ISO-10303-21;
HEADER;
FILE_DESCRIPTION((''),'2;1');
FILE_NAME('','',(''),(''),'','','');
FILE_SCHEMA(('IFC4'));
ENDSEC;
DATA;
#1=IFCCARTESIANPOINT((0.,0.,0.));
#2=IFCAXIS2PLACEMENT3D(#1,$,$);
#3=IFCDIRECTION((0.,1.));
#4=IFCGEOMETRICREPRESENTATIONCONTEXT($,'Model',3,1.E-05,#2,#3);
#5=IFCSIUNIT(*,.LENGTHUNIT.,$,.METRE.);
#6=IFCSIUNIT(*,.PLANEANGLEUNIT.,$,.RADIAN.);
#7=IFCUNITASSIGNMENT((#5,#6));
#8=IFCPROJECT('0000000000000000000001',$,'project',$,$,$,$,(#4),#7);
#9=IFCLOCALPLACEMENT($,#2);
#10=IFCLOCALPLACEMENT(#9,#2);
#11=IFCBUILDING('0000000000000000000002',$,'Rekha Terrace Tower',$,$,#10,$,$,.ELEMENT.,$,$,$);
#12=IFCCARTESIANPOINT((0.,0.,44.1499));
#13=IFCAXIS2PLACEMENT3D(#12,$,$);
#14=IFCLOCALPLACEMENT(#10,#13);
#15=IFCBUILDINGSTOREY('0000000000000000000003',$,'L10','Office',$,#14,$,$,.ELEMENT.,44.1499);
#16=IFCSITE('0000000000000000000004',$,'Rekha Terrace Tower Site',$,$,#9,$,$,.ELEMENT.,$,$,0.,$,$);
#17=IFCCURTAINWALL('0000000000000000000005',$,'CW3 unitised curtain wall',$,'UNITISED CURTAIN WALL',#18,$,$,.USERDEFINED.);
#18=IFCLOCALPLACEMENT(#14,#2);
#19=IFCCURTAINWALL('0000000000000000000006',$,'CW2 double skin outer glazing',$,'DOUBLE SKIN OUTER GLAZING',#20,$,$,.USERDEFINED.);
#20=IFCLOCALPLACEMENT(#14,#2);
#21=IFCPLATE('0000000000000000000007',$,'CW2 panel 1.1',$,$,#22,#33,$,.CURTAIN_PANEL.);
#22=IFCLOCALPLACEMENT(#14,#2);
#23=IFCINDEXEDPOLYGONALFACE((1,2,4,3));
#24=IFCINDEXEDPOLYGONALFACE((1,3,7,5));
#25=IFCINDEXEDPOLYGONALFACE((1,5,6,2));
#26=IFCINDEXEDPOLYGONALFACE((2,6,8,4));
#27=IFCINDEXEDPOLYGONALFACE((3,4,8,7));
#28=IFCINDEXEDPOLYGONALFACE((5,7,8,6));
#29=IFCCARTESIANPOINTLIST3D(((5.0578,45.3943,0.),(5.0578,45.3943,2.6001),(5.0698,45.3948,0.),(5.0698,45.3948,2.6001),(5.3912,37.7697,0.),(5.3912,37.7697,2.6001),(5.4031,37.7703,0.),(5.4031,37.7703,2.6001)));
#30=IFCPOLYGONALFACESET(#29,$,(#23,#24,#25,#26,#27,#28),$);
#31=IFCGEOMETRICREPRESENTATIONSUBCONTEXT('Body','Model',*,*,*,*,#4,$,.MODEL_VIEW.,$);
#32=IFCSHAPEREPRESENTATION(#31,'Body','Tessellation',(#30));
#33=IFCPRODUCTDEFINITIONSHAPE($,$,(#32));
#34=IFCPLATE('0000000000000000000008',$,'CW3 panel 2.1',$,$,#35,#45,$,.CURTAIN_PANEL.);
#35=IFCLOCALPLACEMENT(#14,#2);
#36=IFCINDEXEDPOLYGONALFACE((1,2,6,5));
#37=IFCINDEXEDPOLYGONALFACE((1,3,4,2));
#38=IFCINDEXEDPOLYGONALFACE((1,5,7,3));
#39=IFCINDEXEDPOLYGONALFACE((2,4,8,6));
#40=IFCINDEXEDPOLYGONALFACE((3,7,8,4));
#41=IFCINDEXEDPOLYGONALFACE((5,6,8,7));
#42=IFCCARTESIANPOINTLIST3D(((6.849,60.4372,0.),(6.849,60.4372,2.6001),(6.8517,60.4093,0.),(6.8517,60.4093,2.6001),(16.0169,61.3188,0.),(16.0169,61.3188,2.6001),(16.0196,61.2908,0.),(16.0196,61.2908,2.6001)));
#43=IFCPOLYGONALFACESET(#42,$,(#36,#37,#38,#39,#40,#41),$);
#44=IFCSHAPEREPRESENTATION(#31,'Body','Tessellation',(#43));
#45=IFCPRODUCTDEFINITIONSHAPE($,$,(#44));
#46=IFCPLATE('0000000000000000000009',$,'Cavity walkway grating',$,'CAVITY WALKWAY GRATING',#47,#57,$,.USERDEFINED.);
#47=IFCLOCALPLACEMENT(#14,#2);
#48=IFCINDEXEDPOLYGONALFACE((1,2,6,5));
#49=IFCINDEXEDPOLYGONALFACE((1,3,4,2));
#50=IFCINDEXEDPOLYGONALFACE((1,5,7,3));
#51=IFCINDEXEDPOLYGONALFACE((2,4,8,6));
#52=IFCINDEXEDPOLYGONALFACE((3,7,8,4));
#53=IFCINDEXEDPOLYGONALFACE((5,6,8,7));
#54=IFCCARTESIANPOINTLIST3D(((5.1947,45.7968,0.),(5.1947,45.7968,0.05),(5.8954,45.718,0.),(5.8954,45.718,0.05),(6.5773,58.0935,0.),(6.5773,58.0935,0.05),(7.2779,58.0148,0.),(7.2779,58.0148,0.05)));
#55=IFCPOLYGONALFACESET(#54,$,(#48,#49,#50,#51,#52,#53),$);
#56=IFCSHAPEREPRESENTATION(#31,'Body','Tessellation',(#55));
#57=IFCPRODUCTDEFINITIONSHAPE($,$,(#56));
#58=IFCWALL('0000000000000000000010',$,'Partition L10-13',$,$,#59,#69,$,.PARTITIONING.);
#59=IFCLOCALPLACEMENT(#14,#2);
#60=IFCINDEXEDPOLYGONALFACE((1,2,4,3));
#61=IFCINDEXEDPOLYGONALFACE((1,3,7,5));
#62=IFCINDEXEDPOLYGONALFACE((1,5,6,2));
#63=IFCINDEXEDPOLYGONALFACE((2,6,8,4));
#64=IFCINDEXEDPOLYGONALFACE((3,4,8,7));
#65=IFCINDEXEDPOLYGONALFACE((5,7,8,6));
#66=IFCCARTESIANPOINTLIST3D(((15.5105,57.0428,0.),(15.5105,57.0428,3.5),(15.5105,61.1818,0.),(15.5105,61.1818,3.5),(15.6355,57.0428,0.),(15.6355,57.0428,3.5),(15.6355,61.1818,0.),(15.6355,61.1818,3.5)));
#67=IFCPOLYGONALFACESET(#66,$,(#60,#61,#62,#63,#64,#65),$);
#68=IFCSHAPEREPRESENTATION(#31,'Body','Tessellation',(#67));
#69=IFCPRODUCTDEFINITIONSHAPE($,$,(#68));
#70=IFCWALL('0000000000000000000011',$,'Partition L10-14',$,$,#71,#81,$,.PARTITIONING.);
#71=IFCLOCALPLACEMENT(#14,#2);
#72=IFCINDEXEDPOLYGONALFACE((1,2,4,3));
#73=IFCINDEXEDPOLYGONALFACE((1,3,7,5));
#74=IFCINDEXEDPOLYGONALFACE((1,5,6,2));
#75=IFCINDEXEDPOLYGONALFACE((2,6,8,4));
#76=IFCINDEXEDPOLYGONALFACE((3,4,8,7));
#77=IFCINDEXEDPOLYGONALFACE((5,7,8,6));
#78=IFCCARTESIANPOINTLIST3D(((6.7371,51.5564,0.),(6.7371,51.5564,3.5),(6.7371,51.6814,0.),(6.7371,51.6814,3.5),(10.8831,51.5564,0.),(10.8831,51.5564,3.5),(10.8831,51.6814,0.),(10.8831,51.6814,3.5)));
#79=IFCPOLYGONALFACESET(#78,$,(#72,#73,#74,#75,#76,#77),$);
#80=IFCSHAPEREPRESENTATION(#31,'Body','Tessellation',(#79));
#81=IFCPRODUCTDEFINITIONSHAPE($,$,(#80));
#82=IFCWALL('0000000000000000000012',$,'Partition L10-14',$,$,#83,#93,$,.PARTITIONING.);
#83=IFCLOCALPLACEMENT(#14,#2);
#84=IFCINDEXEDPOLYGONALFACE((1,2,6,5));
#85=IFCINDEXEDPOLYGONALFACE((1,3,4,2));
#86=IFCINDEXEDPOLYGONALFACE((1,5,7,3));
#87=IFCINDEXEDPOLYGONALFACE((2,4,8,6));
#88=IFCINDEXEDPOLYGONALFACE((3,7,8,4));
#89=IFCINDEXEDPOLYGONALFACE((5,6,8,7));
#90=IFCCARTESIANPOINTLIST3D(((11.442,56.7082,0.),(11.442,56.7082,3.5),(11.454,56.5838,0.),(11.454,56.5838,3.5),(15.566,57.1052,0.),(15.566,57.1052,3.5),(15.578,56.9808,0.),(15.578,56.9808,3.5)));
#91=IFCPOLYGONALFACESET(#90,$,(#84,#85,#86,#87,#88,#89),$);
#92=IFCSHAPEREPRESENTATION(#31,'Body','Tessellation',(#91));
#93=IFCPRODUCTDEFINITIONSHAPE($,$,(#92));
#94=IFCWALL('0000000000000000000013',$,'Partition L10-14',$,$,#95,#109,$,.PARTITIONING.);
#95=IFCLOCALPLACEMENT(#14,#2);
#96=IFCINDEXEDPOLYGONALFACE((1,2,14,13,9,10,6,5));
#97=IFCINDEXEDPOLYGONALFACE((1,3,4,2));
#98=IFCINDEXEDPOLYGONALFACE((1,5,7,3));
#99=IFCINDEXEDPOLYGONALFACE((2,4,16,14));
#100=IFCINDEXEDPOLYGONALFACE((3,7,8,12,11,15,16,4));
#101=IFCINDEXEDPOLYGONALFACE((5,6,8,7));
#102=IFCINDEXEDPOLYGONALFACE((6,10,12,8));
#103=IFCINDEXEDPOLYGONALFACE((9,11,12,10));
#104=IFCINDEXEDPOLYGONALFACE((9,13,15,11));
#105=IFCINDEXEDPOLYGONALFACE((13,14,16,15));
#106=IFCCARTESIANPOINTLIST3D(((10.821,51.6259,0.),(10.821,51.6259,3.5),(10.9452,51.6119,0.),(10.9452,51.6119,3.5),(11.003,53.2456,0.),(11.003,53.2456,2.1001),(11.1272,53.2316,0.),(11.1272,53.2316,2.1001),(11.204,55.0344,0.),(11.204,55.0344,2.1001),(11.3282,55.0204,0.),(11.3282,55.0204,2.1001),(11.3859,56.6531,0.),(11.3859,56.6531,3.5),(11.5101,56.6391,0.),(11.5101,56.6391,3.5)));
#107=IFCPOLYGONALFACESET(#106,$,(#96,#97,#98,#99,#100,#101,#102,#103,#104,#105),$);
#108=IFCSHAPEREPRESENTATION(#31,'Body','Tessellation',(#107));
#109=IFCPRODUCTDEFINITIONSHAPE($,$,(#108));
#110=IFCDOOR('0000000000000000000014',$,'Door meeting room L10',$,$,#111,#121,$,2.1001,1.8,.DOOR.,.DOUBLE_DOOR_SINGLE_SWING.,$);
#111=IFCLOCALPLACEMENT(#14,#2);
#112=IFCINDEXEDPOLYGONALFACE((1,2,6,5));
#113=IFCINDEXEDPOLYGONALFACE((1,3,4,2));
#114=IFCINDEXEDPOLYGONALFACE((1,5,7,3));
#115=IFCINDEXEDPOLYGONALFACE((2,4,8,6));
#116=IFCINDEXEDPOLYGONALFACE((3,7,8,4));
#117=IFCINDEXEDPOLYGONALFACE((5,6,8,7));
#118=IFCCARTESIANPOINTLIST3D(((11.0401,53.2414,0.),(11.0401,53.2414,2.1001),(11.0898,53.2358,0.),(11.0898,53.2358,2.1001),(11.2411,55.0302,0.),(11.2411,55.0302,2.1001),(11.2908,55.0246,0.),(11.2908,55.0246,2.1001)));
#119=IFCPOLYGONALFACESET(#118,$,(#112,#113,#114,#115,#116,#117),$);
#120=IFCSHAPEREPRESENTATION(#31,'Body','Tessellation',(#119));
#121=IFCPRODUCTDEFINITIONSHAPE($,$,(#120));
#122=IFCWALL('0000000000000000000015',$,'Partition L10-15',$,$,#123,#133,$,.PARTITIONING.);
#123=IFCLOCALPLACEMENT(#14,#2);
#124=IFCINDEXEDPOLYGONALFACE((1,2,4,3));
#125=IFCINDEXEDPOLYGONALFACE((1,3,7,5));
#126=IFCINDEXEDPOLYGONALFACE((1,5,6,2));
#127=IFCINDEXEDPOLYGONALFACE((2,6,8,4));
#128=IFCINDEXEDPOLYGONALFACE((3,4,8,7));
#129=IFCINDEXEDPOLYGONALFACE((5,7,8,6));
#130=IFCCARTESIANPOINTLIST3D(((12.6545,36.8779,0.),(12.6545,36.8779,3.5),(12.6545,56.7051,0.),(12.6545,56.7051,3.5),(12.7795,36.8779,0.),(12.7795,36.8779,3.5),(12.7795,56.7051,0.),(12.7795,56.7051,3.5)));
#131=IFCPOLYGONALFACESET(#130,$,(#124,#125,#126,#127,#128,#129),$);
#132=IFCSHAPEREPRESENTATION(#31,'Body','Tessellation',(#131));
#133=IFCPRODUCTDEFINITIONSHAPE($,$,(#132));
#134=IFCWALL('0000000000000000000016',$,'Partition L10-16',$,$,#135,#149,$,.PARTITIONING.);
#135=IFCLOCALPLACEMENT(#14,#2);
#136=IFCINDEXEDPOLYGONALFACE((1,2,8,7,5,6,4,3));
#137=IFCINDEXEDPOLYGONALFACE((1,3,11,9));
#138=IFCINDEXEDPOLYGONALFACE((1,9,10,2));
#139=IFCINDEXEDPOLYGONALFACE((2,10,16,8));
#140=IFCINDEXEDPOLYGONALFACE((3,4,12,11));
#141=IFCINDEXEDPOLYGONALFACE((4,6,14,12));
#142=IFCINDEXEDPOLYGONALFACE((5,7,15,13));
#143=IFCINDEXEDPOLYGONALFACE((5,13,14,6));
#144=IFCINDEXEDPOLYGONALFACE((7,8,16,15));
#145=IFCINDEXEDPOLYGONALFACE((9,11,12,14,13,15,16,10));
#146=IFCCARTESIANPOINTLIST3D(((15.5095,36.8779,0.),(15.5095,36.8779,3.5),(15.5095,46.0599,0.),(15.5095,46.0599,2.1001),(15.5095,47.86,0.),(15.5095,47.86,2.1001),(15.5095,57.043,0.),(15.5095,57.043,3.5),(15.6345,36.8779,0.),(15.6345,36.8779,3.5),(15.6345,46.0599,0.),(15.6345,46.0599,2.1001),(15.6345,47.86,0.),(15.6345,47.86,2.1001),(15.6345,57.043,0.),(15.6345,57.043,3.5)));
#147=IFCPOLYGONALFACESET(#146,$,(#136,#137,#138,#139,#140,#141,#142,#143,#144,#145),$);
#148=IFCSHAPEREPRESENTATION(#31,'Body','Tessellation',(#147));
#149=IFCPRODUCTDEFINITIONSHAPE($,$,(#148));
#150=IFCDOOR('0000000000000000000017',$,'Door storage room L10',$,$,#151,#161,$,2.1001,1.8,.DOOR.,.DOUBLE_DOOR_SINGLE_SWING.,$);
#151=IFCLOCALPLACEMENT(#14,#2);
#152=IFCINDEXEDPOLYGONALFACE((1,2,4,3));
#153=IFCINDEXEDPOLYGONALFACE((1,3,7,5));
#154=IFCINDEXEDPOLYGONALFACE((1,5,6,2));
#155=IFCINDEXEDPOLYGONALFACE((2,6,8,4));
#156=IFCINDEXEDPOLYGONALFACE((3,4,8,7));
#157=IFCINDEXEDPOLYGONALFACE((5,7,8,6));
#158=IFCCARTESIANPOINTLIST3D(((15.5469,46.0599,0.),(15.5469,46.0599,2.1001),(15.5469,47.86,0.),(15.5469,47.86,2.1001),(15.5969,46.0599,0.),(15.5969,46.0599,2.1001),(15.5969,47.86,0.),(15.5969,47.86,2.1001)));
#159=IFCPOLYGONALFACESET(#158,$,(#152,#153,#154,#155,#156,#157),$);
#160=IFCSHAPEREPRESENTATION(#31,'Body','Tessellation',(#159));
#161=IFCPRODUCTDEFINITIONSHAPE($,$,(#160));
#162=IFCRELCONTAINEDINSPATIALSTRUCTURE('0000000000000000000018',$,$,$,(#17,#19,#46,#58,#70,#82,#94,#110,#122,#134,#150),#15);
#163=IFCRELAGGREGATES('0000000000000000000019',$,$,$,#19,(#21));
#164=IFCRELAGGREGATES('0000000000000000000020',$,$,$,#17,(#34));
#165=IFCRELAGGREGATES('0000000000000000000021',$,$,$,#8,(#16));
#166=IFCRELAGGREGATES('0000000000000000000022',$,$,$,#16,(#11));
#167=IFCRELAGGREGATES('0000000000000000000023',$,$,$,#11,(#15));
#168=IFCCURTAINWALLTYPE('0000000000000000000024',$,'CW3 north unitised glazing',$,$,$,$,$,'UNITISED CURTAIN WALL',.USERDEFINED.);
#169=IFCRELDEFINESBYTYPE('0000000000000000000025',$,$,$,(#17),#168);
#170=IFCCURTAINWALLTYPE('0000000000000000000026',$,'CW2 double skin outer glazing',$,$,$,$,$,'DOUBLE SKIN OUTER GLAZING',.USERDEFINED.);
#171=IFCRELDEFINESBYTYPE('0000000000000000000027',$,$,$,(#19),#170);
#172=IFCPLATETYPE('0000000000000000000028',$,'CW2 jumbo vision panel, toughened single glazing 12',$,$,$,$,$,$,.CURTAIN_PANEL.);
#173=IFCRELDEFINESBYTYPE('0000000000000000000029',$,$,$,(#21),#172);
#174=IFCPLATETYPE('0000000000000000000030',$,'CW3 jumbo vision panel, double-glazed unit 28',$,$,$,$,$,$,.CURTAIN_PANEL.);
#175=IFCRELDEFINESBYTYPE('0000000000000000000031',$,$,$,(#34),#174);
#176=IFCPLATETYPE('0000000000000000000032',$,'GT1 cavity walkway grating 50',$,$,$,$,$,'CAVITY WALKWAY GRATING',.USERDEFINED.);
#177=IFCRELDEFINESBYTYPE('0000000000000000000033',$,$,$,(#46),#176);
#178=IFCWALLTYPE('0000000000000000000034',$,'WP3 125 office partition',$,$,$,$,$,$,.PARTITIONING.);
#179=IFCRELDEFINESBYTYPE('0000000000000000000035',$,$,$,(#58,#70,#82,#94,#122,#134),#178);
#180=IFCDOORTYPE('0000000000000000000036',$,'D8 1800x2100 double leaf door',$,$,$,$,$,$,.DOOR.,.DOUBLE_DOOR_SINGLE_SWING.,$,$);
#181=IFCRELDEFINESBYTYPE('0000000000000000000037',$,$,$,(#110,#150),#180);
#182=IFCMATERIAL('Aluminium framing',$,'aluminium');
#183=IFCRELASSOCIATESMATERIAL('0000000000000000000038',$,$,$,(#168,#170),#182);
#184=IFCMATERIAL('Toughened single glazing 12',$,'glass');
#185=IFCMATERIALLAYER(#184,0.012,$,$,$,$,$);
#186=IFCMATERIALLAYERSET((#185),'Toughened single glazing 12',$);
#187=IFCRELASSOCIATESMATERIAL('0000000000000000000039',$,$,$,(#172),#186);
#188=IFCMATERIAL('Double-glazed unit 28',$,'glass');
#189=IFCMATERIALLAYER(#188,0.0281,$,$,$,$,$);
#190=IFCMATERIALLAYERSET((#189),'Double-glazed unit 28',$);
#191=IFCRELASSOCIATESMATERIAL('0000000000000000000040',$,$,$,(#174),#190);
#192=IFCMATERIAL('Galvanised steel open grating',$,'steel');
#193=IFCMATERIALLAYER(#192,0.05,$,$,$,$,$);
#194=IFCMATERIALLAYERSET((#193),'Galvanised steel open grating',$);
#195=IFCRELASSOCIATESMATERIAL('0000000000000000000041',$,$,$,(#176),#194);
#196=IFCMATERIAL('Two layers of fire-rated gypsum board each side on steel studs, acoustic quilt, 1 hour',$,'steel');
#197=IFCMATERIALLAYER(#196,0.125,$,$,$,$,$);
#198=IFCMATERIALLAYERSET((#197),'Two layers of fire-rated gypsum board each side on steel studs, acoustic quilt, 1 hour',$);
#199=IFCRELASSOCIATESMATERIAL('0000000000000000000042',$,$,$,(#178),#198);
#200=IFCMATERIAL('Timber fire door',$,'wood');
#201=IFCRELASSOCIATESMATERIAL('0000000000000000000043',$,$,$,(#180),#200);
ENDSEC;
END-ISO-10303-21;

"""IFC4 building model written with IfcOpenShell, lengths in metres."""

from ifc_helpers import new_model, si_unit, direction, frame, frame_2d, origin, origin_2d, place, context, subcontext, project, spatial, rectangle, extrude, material, layer, layer_set, type_object, element, fill, aggregate, save


model = new_model("IFC4")

# Units and contexts
model_context = context("Model", 3, precision=1e-05, world=origin(), true_north=direction((0.0, 1.0)))
body_context = subcontext(model_context, "Body", "Model", "MODEL_VIEW")
ifc_project = project(units=[si_unit("LENGTHUNIT", "METRE"), si_unit("PLANEANGLEUNIT", "RADIAN")], contexts=[model_context])

# Site, building, storey
site_placement = place(None, origin())
site = spatial("IfcSite", under=ifc_project, at=site_placement, Name="Rekha Terrace Tower Site", CompositionType="ELEMENT", RefElevation=0.0)
building_placement = place(site_placement, origin())
building = spatial("IfcBuilding", under=site, at=building_placement, Name="Rekha Terrace Tower", CompositionType="ELEMENT")
storey_placement = place(building_placement, frame((0.0, 0.0, 44.1499)))
storey = spatial("IfcBuildingStorey", under=building, at=storey_placement, Name="L10", Description="Office", CompositionType="ELEMENT", Elevation=44.1499)

# Curtain wall
ifc_material_1 = material(Name="Aluminium framing", Category="aluminium")
curtain_wall_type_1 = type_object("IfcCurtainWallType", Name="CW3 north unitised glazing", ElementType="UNITISED CURTAIN WALL", PredefinedType="USERDEFINED", material=ifc_material_1)
curtain_wall_1_placement = place(storey_placement, origin())
curtain_wall_1 = element("IfcCurtainWall", 1, at=curtain_wall_1_placement, inside=storey, type_object=curtain_wall_type_1, Name="CW3 unitised curtain wall", ObjectType="UNITISED CURTAIN WALL", PredefinedType="USERDEFINED")
curtain_wall_type_2 = type_object("IfcCurtainWallType", Name="CW2 double skin outer glazing", ElementType="DOUBLE SKIN OUTER GLAZING", PredefinedType="USERDEFINED", material=ifc_material_1)

# Curtain wall
curtain_wall_2_placement = place(storey_placement, origin())
curtain_wall_2 = element("IfcCurtainWall", 2, at=curtain_wall_2_placement, inside=storey, type_object=curtain_wall_type_2, Name="CW2 double skin outer glazing", ObjectType="DOUBLE SKIN OUTER GLAZING", PredefinedType="USERDEFINED")

# Plates
ifc_material_2 = material(Name="Toughened single glazing 12", Category="glass")
ifc_layer_1 = layer(ifc_material_2, 0.012)
ifc_layer_set_1 = layer_set([ifc_layer_1], Name="Toughened single glazing 12")
plate_type_1 = type_object("IfcPlateType", Name="CW2 jumbo vision panel, toughened single glazing 12", PredefinedType="CURTAIN_PANEL", material=ifc_layer_set_1)
plate_1_placement = place(storey_placement, frame((5.2305, 41.5823, 0.0), z_axis=(0.0, 0.0, 1.0), x_axis=(0.043683, -0.999045, 0.0)))
plate_1 = element("IfcPlate", 3, at=plate_1_placement, type_object=plate_type_1, Name="CW2 panel 1.1", PredefinedType="CURTAIN_PANEL", context=body_context, shape_type="SweptSolid", body=[
    extrude(rectangle(XDim=7.6318, YDim=0.012, at=origin_2d()), origin(), (0.0, 0.0, 1.0), 2.6001),
])
aggregate(curtain_wall_2, [plate_1])
ifc_material_3 = material(Name="Double-glazed unit 28", Category="glass")
ifc_layer_2 = layer(ifc_material_3, 0.0281)
ifc_layer_set_2 = layer_set([ifc_layer_2], Name="Double-glazed unit 28")
plate_type_2 = type_object("IfcPlateType", Name="CW3 jumbo vision panel, double-glazed unit 28", PredefinedType="CURTAIN_PANEL", material=ifc_layer_set_2)
plate_2_placement = place(storey_placement, frame((11.4343, 60.864, 0.0), z_axis=(0.0, 0.0, 1.0), x_axis=(-0.995409, -0.095712, 0.0)))
plate_2 = element("IfcPlate", 4, at=plate_2_placement, type_object=plate_type_2, Name="CW3 panel 2.1", PredefinedType="CURTAIN_PANEL", context=body_context, shape_type="SweptSolid", body=[
    extrude(rectangle(XDim=9.2102, YDim=0.0281, at=origin_2d()), origin(), (0.0, 0.0, 1.0), 2.6001),
])
aggregate(curtain_wall_1, [plate_2])
ifc_material_4 = material(Name="Galvanised steel open grating", Category="steel")
ifc_layer_3 = layer(ifc_material_4, 0.05)
ifc_layer_set_3 = layer_set([ifc_layer_3], Name="Galvanised steel open grating")
plate_type_3 = type_object("IfcPlateType", Name="GT1 cavity walkway grating 50", ElementType="CAVITY WALKWAY GRATING", PredefinedType="USERDEFINED", material=ifc_layer_set_3)
plate_3_placement = place(storey_placement, frame((6.2363, 51.9058, 0.0), z_axis=(0.0, 0.0, 1.0), x_axis=(-0.11173, -0.993739, 0.0)))
element("IfcPlate", 5, at=plate_3_placement, inside=storey, type_object=plate_type_3, Name="Cavity walkway grating", ObjectType="CAVITY WALKWAY GRATING", PredefinedType="USERDEFINED", context=body_context, shape_type="SweptSolid", body=[
    extrude(rectangle(XDim=12.3743, YDim=0.7051, at=origin_2d()), origin(), (0.0, 0.0, 1.0), 0.05),
])

# Walls
ifc_material_5 = material(Name="Two layers of fire-rated gypsum board each side on steel studs, acoustic quilt, 1 hour", Category="steel")
ifc_layer_4 = layer(ifc_material_5, 0.125)
ifc_layer_set_4 = layer_set([ifc_layer_4], Name="Two layers of fire-rated gypsum board each side on steel studs, acoustic quilt, 1 hour")
wall_type = type_object("IfcWallType", Name="WP3 125 office partition", PredefinedType="PARTITIONING", material=ifc_layer_set_4)
wall_1_placement = place(storey_placement, frame((15.573, 57.043, 0.0), z_axis=(0.0, 0.0, 1.0), x_axis=(0.0, 1.0, 0.0)))
element("IfcWall", 6, at=wall_1_placement, inside=storey, type_object=wall_type, Name="Partition L10-13", PredefinedType="PARTITIONING", context=body_context, shape_type="SweptSolid", body=[
    extrude(rectangle(XDim=4.1389, YDim=0.125, at=frame_2d((2.0693, 0.0))), origin(), (0.0, 0.0, 1.0), 3.5),
])
wall_2_placement = place(storey_placement, frame((10.8831, 51.6189, 0.0), z_axis=(0.0, 0.0, 1.0), x_axis=(-1.0, 0.0, 0.0)))
element("IfcWall", 7, at=wall_2_placement, inside=storey, type_object=wall_type, Name="Partition L10-14", PredefinedType="PARTITIONING", context=body_context, shape_type="SweptSolid", body=[
    extrude(rectangle(XDim=4.146, YDim=0.125, at=frame_2d((2.073, 0.0))), origin(), (0.0, 0.0, 1.0), 3.5),
])
wall_3_placement = place(storey_placement, frame((15.572, 57.043, 0.0), z_axis=(0.0, 0.0, 1.0), x_axis=(-0.995399, -0.095816, 0.0)))
element("IfcWall", 8, at=wall_3_placement, inside=storey, type_object=wall_type, Name="Partition L10-14", PredefinedType="PARTITIONING", context=body_context, shape_type="SweptSolid", body=[
    extrude(rectangle(XDim=4.1431, YDim=0.125, at=frame_2d((2.0715, 0.0))), origin(), (0.0, 0.0, 1.0), 3.5),
])

# Wall, opening, door
wall_4_placement = place(storey_placement, frame((11.448, 56.646, 0.0), z_axis=(0.0, 0.0, 1.0), x_axis=(-0.111676, -0.993745, 0.0)))
wall_4 = element("IfcWall", 9, at=wall_4_placement, inside=storey, type_object=wall_type, Name="Partition L10-14", PredefinedType="PARTITIONING", context=body_context, shape_type="SweptSolid", body=[
    extrude(rectangle(XDim=5.0588, YDim=0.125, at=frame_2d((2.5293, 0.0))), origin(), (0.0, 0.0, 1.0), 3.5),
])
opening_1_placement = place(wall_4_placement, frame((1.6289, 0.0, 0.0)))
opening_1 = element("IfcOpeningElement", 10, at=opening_1_placement, cuts=wall_4, PredefinedType="OPENING", context=body_context, shape_type="SweptSolid", body=[
    extrude(rectangle(XDim=1.8, YDim=2.1001, at=frame_2d((0.8999, 1.05))), frame((0.0, 0.0725, 0.0), z_axis=(0.0, -1.0, 0.0), x_axis=(1.0, 0.0, 0.0)), (0.0, 0.0, 1.0), 0.145),
])
ifc_material_6 = material(Name="Timber fire door", Category="wood")
door_type = type_object("IfcDoorType", Name="D8 1800x2100 double leaf door", OperationType="DOUBLE_DOOR_SINGLE_SWING", PredefinedType="DOOR", material=ifc_material_6)
door_1_placement = place(opening_1_placement, origin())
door_1 = element("IfcDoor", 11, at=door_1_placement, inside=storey, type_object=door_type, Name="Door meeting room L10", OperationType="DOUBLE_DOOR_SINGLE_SWING", OverallHeight=2.1001, OverallWidth=1.8, PredefinedType="DOOR", context=body_context, shape_type="SweptSolid", body=[
    extrude(rectangle(XDim=1.8, YDim=2.1001, at=frame_2d((0.8999, 1.05))), frame((0.0, 0.0249, 0.0), z_axis=(0.0, -1.0, 0.0), x_axis=(1.0, 0.0, 0.0)), (0.0, 0.0, 1.0), 0.05),
])
fill(opening_1, door_1)

# Wall
wall_5_placement = place(storey_placement, frame((12.717, 56.7051, 0.0), z_axis=(0.0, 0.0, 1.0), x_axis=(0.0, -1.0, 0.0)))
element("IfcWall", 12, at=wall_5_placement, inside=storey, type_object=wall_type, Name="Partition L10-15", PredefinedType="PARTITIONING", context=body_context, shape_type="SweptSolid", body=[
    extrude(rectangle(XDim=19.8271, YDim=0.125, at=frame_2d((9.9136, 0.0))), origin(), (0.0, 0.0, 1.0), 3.5),
])

# Wall, opening, door
wall_6_placement = place(storey_placement, frame((15.572, 57.043, 0.0), z_axis=(0.0, 0.0, 1.0), x_axis=(0.0, -1.0, 0.0)))
wall_6 = element("IfcWall", 13, at=wall_6_placement, inside=storey, type_object=wall_type, Name="Partition L10-16", PredefinedType="PARTITIONING", context=body_context, shape_type="SweptSolid", body=[
    extrude(rectangle(XDim=20.165, YDim=0.125, at=frame_2d((10.0825, 0.0))), origin(), (0.0, 0.0, 1.0), 3.5),
])
opening_2_placement = place(wall_6_placement, frame((9.1831, 0.0, 0.0)))
opening_2 = element("IfcOpeningElement", 14, at=opening_2_placement, cuts=wall_6, PredefinedType="OPENING", context=body_context, shape_type="SweptSolid", body=[
    extrude(rectangle(XDim=1.8, YDim=2.1001, at=frame_2d((0.8999, 1.05))), frame((0.0, 0.0725, 0.0), z_axis=(0.0, -1.0, 0.0), x_axis=(1.0, 0.0, 0.0)), (0.0, 0.0, 1.0), 0.145),
])
door_2_placement = place(opening_2_placement, origin())
door_2 = element("IfcDoor", 15, at=door_2_placement, inside=storey, type_object=door_type, Name="Door storage room L10", OperationType="DOUBLE_DOOR_SINGLE_SWING", OverallHeight=2.1001, OverallWidth=1.8, PredefinedType="DOOR", context=body_context, shape_type="SweptSolid", body=[
    extrude(rectangle(XDim=1.8, YDim=2.1001, at=frame_2d((0.8999, 1.05))), frame((0.0, 0.0249, 0.0), z_axis=(0.0, -1.0, 0.0), x_axis=(1.0, 0.0, 0.0)), (0.0, 0.0, 1.0), 0.05),
])
fill(opening_2, door_2)

save(model, "model.ifc")
